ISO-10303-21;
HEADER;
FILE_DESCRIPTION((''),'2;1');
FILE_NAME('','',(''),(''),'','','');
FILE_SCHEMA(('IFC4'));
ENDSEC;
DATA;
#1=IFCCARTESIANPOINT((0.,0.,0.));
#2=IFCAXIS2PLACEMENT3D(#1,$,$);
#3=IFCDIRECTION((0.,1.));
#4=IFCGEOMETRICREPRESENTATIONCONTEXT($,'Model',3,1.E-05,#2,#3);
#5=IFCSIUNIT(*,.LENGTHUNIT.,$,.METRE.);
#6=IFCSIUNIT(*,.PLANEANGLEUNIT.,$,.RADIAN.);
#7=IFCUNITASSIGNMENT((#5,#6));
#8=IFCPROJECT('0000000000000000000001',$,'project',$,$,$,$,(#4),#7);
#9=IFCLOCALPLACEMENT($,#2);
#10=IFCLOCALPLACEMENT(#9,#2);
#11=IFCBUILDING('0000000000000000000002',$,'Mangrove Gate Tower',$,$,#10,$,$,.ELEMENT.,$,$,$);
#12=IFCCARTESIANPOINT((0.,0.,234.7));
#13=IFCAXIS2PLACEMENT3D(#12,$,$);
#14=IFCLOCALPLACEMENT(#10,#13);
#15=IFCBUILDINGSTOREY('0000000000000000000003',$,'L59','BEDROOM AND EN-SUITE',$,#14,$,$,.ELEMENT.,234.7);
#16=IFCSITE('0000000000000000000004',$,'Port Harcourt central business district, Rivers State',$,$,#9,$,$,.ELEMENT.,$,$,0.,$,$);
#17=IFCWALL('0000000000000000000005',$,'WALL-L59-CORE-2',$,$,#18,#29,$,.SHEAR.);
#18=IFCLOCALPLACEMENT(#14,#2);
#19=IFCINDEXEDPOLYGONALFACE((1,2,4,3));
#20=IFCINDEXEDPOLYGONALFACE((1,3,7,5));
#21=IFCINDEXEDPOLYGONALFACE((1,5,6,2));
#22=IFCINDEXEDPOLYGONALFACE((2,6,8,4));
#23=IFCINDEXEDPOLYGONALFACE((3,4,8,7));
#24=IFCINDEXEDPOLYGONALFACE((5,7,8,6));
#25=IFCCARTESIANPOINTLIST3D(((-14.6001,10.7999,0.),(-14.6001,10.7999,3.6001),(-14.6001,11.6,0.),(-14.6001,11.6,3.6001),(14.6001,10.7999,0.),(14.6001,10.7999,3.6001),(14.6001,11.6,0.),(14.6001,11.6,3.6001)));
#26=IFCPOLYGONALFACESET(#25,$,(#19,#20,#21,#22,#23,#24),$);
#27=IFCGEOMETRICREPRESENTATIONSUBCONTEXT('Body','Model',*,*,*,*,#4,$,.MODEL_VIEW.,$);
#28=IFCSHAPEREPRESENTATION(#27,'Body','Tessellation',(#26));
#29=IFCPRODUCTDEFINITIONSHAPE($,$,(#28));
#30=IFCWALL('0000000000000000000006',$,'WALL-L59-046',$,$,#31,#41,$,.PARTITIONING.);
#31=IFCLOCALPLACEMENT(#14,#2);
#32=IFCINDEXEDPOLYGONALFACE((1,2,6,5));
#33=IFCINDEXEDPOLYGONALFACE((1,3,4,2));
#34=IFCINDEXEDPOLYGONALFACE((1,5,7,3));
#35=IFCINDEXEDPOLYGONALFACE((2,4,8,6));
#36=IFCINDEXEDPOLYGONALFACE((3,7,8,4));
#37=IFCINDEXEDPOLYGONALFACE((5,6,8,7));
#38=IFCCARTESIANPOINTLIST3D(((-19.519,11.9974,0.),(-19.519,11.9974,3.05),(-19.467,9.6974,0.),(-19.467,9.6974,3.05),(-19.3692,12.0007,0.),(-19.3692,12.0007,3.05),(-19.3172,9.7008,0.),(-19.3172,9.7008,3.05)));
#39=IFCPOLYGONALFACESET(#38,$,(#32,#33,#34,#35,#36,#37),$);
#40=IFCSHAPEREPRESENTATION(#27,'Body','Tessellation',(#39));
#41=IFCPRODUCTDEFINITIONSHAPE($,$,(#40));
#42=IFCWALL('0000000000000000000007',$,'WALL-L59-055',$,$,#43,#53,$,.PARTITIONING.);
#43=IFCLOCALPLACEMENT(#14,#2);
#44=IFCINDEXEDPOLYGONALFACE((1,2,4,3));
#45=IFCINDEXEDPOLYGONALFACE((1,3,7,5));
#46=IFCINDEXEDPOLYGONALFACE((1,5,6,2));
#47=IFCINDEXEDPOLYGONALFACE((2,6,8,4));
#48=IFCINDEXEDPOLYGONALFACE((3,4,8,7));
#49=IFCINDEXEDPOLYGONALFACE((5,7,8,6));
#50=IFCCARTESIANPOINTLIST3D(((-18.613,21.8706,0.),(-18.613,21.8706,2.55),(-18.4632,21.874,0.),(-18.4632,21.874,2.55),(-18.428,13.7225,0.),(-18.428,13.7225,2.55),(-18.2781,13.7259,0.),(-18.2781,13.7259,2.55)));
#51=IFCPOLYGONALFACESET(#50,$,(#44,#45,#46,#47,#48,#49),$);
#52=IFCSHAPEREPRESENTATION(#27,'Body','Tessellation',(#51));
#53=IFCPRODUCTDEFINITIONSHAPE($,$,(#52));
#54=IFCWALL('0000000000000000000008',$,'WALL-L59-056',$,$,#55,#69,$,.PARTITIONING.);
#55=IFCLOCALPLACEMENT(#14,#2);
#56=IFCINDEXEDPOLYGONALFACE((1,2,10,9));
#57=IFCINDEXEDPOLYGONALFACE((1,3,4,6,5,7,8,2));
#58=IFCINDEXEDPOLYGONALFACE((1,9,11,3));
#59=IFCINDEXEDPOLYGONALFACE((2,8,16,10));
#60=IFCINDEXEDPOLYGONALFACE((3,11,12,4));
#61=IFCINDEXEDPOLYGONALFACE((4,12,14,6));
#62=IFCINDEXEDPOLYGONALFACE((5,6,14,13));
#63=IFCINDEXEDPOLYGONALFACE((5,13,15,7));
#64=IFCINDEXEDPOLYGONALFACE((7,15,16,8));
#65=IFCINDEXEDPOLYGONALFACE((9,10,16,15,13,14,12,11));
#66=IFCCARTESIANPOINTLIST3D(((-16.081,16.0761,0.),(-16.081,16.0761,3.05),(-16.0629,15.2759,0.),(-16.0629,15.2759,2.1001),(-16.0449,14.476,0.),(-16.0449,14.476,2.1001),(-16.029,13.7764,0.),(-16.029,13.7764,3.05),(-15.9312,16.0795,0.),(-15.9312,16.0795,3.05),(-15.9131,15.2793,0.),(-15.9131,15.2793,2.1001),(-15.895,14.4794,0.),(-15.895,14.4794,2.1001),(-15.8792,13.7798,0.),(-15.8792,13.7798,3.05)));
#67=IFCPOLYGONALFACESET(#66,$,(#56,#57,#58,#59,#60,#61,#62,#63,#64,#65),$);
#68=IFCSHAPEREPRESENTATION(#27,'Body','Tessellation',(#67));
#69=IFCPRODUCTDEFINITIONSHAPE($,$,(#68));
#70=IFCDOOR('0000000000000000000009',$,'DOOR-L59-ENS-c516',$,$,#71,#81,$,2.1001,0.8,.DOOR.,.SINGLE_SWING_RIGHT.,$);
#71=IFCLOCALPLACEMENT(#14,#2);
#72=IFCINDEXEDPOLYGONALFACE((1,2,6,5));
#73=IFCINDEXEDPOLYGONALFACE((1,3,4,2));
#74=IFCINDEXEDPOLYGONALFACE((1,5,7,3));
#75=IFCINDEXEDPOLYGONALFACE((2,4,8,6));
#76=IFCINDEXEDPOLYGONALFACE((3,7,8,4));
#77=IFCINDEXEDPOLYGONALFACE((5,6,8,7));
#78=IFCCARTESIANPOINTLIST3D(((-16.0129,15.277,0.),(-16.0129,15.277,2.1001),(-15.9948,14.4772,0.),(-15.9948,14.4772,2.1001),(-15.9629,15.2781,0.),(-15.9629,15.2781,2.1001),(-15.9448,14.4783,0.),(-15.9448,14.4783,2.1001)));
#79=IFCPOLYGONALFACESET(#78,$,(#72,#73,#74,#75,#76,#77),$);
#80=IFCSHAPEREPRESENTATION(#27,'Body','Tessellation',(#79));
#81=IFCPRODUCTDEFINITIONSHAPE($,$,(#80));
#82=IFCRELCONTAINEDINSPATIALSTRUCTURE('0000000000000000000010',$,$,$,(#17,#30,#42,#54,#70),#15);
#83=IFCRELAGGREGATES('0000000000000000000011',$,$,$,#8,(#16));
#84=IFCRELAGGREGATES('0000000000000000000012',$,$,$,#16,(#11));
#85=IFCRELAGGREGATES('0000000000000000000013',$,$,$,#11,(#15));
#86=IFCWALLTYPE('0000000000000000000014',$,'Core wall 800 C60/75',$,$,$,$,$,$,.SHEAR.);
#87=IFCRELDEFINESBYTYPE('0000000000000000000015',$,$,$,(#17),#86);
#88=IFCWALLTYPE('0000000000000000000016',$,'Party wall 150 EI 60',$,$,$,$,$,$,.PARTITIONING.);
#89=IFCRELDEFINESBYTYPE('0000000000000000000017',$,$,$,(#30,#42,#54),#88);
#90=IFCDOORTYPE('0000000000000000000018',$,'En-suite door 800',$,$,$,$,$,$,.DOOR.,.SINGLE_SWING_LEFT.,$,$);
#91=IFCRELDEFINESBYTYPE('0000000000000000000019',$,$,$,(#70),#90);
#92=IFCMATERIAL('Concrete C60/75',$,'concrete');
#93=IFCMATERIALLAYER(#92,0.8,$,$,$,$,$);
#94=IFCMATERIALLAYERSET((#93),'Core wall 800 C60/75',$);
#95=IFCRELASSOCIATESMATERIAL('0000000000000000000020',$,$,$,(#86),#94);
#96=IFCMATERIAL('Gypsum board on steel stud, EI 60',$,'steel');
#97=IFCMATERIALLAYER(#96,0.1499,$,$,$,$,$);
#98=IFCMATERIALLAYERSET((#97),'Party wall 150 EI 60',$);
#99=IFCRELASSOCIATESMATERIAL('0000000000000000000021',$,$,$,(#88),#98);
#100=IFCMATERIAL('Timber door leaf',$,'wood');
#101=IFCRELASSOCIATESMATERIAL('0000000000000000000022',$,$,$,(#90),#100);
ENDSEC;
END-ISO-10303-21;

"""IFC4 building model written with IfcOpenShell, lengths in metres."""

from ifc_helpers import new_model, si_unit, direction, frame, frame_2d, origin, place, context, subcontext, project, spatial, rectangle, extrude, material, layer, layer_set, type_object, element, fill, save


model = new_model("IFC4")

# Units and contexts
model_context = context("Model", 3, precision=1e-05, world=origin(), true_north=direction((0.0, 1.0)))
body_context = subcontext(model_context, "Body", "Model", "MODEL_VIEW")
ifc_project = project(units=[si_unit("LENGTHUNIT", "METRE"), si_unit("PLANEANGLEUNIT", "RADIAN")], contexts=[model_context])

# Site, building, storey
site_placement = place(None, origin())
site = spatial("IfcSite", under=ifc_project, at=site_placement, Name="Port Harcourt central business district, Rivers State", CompositionType="ELEMENT", RefElevation=0.0)
building_placement = place(site_placement, origin())
building = spatial("IfcBuilding", under=site, at=building_placement, Name="Mangrove Gate Tower", CompositionType="ELEMENT")
storey_placement = place(building_placement, frame((0.0, 0.0, 234.7)))
storey = spatial("IfcBuildingStorey", under=building, at=storey_placement, Name="L59", Description="BEDROOM AND EN-SUITE", CompositionType="ELEMENT", Elevation=234.7)

# Walls
ifc_material_1 = material(Name="Concrete C60/75", Category="concrete")
ifc_layer_1 = layer(ifc_material_1, 0.8)
ifc_layer_set_1 = layer_set([ifc_layer_1], Name="Core wall 800 C60/75")
wall_type_1 = type_object("IfcWallType", Name="Core wall 800 C60/75", PredefinedType="SHEAR", material=ifc_layer_set_1)
wall_1_placement = place(storey_placement, frame((-14.6001, 11.2, 0.0), z_axis=(0.0, 0.0, 1.0), x_axis=(1.0, 0.0, 0.0)))
element("IfcWall", 1, at=wall_1_placement, inside=storey, type_object=wall_type_1, Name="WALL-L59-CORE-2", PredefinedType="SHEAR", context=body_context, shape_type="SweptSolid", body=[
    extrude(rectangle(XDim=29.2002, YDim=0.8, at=frame_2d((14.6001, 0.0))), origin(), (0.0, 0.0, 1.0), 3.6001),
])
ifc_material_2 = material(Name="Gypsum board on steel stud, EI 60", Category="steel")
ifc_layer_2 = layer(ifc_material_2, 0.1499)
ifc_layer_set_2 = layer_set([ifc_layer_2], Name="Party wall 150 EI 60")
wall_type_2 = type_object("IfcWallType", Name="Party wall 150 EI 60", PredefinedType="PARTITIONING", material=ifc_layer_set_2)
wall_2_placement = place(storey_placement, frame((-19.3921, 9.699, 0.0), z_axis=(0.0, 0.0, 1.0), x_axis=(-0.022603, 0.999745, 0.0)))
element("IfcWall", 2, at=wall_2_placement, inside=storey, type_object=wall_type_2, Name="WALL-L59-046", PredefinedType="PARTITIONING", context=body_context, shape_type="SweptSolid", body=[
    extrude(rectangle(XDim=2.3005, YDim=0.1499, at=frame_2d((1.1504, 0.0))), origin(), (0.0, 0.0, 1.0), 3.05),
])
wall_3_placement = place(storey_placement, frame((-18.353, 13.7241, 0.0), z_axis=(0.0, 0.0, 1.0), x_axis=(-0.022706, 0.999742, 0.0)))
element("IfcWall", 3, at=wall_3_placement, inside=storey, type_object=wall_type_2, Name="WALL-L59-055", PredefinedType="PARTITIONING", context=body_context, shape_type="SweptSolid", body=[
    extrude(rectangle(XDim=8.1501, YDim=0.1499, at=frame_2d((4.0752, 0.0))), origin(), (0.0, 0.0, 1.0), 2.55),
])

# Wall, opening, door
wall_4_placement = place(storey_placement, frame((-15.9541, 13.7781, 0.0), z_axis=(0.0, 0.0, 1.0), x_axis=(-0.022606, 0.999744, 0.0)))
wall_4 = element("IfcWall", 4, at=wall_4_placement, inside=storey, type_object=wall_type_2, Name="WALL-L59-056", PredefinedType="PARTITIONING", context=body_context, shape_type="SweptSolid", body=[
    extrude(rectangle(XDim=2.3003, YDim=0.1499, at=frame_2d((1.1501, 0.0))), origin(), (0.0, 0.0, 1.0), 3.05),
])
opening_placement = place(wall_4_placement, frame((0.7, 0.0, 0.0)))
opening = element("IfcOpeningElement", 5, at=opening_placement, cuts=wall_4, PredefinedType="OPENING", context=body_context, shape_type="SweptSolid", body=[
    extrude(rectangle(XDim=0.8, YDim=2.1001, at=frame_2d((0.3999, 1.05))), frame((0.0, 0.085, 0.0), z_axis=(0.0, -1.0, 0.0), x_axis=(1.0, 0.0, 0.0)), (0.0, 0.0, 1.0), 0.1699),
])
ifc_material_3 = material(Name="Timber door leaf", Category="wood")
door_type = type_object("IfcDoorType", Name="En-suite door 800", OperationType="SINGLE_SWING_LEFT", PredefinedType="DOOR", material=ifc_material_3)
door_placement = place(opening_placement, origin())
door = element("IfcDoor", 6, at=door_placement, inside=storey, type_object=door_type, Name="DOOR-L59-ENS-c516", OperationType="SINGLE_SWING_RIGHT", OverallHeight=2.1001, OverallWidth=0.8, PredefinedType="DOOR", context=body_context, shape_type="SweptSolid", body=[
    extrude(rectangle(XDim=0.8, YDim=2.1001, at=frame_2d((0.3999, 1.05))), frame((0.0, 0.0249, 0.0), z_axis=(0.0, -1.0, 0.0), x_axis=(1.0, 0.0, 0.0)), (0.0, 0.0, 1.0), 0.05),
])
fill(opening, door)

save(model, "model.ifc")
